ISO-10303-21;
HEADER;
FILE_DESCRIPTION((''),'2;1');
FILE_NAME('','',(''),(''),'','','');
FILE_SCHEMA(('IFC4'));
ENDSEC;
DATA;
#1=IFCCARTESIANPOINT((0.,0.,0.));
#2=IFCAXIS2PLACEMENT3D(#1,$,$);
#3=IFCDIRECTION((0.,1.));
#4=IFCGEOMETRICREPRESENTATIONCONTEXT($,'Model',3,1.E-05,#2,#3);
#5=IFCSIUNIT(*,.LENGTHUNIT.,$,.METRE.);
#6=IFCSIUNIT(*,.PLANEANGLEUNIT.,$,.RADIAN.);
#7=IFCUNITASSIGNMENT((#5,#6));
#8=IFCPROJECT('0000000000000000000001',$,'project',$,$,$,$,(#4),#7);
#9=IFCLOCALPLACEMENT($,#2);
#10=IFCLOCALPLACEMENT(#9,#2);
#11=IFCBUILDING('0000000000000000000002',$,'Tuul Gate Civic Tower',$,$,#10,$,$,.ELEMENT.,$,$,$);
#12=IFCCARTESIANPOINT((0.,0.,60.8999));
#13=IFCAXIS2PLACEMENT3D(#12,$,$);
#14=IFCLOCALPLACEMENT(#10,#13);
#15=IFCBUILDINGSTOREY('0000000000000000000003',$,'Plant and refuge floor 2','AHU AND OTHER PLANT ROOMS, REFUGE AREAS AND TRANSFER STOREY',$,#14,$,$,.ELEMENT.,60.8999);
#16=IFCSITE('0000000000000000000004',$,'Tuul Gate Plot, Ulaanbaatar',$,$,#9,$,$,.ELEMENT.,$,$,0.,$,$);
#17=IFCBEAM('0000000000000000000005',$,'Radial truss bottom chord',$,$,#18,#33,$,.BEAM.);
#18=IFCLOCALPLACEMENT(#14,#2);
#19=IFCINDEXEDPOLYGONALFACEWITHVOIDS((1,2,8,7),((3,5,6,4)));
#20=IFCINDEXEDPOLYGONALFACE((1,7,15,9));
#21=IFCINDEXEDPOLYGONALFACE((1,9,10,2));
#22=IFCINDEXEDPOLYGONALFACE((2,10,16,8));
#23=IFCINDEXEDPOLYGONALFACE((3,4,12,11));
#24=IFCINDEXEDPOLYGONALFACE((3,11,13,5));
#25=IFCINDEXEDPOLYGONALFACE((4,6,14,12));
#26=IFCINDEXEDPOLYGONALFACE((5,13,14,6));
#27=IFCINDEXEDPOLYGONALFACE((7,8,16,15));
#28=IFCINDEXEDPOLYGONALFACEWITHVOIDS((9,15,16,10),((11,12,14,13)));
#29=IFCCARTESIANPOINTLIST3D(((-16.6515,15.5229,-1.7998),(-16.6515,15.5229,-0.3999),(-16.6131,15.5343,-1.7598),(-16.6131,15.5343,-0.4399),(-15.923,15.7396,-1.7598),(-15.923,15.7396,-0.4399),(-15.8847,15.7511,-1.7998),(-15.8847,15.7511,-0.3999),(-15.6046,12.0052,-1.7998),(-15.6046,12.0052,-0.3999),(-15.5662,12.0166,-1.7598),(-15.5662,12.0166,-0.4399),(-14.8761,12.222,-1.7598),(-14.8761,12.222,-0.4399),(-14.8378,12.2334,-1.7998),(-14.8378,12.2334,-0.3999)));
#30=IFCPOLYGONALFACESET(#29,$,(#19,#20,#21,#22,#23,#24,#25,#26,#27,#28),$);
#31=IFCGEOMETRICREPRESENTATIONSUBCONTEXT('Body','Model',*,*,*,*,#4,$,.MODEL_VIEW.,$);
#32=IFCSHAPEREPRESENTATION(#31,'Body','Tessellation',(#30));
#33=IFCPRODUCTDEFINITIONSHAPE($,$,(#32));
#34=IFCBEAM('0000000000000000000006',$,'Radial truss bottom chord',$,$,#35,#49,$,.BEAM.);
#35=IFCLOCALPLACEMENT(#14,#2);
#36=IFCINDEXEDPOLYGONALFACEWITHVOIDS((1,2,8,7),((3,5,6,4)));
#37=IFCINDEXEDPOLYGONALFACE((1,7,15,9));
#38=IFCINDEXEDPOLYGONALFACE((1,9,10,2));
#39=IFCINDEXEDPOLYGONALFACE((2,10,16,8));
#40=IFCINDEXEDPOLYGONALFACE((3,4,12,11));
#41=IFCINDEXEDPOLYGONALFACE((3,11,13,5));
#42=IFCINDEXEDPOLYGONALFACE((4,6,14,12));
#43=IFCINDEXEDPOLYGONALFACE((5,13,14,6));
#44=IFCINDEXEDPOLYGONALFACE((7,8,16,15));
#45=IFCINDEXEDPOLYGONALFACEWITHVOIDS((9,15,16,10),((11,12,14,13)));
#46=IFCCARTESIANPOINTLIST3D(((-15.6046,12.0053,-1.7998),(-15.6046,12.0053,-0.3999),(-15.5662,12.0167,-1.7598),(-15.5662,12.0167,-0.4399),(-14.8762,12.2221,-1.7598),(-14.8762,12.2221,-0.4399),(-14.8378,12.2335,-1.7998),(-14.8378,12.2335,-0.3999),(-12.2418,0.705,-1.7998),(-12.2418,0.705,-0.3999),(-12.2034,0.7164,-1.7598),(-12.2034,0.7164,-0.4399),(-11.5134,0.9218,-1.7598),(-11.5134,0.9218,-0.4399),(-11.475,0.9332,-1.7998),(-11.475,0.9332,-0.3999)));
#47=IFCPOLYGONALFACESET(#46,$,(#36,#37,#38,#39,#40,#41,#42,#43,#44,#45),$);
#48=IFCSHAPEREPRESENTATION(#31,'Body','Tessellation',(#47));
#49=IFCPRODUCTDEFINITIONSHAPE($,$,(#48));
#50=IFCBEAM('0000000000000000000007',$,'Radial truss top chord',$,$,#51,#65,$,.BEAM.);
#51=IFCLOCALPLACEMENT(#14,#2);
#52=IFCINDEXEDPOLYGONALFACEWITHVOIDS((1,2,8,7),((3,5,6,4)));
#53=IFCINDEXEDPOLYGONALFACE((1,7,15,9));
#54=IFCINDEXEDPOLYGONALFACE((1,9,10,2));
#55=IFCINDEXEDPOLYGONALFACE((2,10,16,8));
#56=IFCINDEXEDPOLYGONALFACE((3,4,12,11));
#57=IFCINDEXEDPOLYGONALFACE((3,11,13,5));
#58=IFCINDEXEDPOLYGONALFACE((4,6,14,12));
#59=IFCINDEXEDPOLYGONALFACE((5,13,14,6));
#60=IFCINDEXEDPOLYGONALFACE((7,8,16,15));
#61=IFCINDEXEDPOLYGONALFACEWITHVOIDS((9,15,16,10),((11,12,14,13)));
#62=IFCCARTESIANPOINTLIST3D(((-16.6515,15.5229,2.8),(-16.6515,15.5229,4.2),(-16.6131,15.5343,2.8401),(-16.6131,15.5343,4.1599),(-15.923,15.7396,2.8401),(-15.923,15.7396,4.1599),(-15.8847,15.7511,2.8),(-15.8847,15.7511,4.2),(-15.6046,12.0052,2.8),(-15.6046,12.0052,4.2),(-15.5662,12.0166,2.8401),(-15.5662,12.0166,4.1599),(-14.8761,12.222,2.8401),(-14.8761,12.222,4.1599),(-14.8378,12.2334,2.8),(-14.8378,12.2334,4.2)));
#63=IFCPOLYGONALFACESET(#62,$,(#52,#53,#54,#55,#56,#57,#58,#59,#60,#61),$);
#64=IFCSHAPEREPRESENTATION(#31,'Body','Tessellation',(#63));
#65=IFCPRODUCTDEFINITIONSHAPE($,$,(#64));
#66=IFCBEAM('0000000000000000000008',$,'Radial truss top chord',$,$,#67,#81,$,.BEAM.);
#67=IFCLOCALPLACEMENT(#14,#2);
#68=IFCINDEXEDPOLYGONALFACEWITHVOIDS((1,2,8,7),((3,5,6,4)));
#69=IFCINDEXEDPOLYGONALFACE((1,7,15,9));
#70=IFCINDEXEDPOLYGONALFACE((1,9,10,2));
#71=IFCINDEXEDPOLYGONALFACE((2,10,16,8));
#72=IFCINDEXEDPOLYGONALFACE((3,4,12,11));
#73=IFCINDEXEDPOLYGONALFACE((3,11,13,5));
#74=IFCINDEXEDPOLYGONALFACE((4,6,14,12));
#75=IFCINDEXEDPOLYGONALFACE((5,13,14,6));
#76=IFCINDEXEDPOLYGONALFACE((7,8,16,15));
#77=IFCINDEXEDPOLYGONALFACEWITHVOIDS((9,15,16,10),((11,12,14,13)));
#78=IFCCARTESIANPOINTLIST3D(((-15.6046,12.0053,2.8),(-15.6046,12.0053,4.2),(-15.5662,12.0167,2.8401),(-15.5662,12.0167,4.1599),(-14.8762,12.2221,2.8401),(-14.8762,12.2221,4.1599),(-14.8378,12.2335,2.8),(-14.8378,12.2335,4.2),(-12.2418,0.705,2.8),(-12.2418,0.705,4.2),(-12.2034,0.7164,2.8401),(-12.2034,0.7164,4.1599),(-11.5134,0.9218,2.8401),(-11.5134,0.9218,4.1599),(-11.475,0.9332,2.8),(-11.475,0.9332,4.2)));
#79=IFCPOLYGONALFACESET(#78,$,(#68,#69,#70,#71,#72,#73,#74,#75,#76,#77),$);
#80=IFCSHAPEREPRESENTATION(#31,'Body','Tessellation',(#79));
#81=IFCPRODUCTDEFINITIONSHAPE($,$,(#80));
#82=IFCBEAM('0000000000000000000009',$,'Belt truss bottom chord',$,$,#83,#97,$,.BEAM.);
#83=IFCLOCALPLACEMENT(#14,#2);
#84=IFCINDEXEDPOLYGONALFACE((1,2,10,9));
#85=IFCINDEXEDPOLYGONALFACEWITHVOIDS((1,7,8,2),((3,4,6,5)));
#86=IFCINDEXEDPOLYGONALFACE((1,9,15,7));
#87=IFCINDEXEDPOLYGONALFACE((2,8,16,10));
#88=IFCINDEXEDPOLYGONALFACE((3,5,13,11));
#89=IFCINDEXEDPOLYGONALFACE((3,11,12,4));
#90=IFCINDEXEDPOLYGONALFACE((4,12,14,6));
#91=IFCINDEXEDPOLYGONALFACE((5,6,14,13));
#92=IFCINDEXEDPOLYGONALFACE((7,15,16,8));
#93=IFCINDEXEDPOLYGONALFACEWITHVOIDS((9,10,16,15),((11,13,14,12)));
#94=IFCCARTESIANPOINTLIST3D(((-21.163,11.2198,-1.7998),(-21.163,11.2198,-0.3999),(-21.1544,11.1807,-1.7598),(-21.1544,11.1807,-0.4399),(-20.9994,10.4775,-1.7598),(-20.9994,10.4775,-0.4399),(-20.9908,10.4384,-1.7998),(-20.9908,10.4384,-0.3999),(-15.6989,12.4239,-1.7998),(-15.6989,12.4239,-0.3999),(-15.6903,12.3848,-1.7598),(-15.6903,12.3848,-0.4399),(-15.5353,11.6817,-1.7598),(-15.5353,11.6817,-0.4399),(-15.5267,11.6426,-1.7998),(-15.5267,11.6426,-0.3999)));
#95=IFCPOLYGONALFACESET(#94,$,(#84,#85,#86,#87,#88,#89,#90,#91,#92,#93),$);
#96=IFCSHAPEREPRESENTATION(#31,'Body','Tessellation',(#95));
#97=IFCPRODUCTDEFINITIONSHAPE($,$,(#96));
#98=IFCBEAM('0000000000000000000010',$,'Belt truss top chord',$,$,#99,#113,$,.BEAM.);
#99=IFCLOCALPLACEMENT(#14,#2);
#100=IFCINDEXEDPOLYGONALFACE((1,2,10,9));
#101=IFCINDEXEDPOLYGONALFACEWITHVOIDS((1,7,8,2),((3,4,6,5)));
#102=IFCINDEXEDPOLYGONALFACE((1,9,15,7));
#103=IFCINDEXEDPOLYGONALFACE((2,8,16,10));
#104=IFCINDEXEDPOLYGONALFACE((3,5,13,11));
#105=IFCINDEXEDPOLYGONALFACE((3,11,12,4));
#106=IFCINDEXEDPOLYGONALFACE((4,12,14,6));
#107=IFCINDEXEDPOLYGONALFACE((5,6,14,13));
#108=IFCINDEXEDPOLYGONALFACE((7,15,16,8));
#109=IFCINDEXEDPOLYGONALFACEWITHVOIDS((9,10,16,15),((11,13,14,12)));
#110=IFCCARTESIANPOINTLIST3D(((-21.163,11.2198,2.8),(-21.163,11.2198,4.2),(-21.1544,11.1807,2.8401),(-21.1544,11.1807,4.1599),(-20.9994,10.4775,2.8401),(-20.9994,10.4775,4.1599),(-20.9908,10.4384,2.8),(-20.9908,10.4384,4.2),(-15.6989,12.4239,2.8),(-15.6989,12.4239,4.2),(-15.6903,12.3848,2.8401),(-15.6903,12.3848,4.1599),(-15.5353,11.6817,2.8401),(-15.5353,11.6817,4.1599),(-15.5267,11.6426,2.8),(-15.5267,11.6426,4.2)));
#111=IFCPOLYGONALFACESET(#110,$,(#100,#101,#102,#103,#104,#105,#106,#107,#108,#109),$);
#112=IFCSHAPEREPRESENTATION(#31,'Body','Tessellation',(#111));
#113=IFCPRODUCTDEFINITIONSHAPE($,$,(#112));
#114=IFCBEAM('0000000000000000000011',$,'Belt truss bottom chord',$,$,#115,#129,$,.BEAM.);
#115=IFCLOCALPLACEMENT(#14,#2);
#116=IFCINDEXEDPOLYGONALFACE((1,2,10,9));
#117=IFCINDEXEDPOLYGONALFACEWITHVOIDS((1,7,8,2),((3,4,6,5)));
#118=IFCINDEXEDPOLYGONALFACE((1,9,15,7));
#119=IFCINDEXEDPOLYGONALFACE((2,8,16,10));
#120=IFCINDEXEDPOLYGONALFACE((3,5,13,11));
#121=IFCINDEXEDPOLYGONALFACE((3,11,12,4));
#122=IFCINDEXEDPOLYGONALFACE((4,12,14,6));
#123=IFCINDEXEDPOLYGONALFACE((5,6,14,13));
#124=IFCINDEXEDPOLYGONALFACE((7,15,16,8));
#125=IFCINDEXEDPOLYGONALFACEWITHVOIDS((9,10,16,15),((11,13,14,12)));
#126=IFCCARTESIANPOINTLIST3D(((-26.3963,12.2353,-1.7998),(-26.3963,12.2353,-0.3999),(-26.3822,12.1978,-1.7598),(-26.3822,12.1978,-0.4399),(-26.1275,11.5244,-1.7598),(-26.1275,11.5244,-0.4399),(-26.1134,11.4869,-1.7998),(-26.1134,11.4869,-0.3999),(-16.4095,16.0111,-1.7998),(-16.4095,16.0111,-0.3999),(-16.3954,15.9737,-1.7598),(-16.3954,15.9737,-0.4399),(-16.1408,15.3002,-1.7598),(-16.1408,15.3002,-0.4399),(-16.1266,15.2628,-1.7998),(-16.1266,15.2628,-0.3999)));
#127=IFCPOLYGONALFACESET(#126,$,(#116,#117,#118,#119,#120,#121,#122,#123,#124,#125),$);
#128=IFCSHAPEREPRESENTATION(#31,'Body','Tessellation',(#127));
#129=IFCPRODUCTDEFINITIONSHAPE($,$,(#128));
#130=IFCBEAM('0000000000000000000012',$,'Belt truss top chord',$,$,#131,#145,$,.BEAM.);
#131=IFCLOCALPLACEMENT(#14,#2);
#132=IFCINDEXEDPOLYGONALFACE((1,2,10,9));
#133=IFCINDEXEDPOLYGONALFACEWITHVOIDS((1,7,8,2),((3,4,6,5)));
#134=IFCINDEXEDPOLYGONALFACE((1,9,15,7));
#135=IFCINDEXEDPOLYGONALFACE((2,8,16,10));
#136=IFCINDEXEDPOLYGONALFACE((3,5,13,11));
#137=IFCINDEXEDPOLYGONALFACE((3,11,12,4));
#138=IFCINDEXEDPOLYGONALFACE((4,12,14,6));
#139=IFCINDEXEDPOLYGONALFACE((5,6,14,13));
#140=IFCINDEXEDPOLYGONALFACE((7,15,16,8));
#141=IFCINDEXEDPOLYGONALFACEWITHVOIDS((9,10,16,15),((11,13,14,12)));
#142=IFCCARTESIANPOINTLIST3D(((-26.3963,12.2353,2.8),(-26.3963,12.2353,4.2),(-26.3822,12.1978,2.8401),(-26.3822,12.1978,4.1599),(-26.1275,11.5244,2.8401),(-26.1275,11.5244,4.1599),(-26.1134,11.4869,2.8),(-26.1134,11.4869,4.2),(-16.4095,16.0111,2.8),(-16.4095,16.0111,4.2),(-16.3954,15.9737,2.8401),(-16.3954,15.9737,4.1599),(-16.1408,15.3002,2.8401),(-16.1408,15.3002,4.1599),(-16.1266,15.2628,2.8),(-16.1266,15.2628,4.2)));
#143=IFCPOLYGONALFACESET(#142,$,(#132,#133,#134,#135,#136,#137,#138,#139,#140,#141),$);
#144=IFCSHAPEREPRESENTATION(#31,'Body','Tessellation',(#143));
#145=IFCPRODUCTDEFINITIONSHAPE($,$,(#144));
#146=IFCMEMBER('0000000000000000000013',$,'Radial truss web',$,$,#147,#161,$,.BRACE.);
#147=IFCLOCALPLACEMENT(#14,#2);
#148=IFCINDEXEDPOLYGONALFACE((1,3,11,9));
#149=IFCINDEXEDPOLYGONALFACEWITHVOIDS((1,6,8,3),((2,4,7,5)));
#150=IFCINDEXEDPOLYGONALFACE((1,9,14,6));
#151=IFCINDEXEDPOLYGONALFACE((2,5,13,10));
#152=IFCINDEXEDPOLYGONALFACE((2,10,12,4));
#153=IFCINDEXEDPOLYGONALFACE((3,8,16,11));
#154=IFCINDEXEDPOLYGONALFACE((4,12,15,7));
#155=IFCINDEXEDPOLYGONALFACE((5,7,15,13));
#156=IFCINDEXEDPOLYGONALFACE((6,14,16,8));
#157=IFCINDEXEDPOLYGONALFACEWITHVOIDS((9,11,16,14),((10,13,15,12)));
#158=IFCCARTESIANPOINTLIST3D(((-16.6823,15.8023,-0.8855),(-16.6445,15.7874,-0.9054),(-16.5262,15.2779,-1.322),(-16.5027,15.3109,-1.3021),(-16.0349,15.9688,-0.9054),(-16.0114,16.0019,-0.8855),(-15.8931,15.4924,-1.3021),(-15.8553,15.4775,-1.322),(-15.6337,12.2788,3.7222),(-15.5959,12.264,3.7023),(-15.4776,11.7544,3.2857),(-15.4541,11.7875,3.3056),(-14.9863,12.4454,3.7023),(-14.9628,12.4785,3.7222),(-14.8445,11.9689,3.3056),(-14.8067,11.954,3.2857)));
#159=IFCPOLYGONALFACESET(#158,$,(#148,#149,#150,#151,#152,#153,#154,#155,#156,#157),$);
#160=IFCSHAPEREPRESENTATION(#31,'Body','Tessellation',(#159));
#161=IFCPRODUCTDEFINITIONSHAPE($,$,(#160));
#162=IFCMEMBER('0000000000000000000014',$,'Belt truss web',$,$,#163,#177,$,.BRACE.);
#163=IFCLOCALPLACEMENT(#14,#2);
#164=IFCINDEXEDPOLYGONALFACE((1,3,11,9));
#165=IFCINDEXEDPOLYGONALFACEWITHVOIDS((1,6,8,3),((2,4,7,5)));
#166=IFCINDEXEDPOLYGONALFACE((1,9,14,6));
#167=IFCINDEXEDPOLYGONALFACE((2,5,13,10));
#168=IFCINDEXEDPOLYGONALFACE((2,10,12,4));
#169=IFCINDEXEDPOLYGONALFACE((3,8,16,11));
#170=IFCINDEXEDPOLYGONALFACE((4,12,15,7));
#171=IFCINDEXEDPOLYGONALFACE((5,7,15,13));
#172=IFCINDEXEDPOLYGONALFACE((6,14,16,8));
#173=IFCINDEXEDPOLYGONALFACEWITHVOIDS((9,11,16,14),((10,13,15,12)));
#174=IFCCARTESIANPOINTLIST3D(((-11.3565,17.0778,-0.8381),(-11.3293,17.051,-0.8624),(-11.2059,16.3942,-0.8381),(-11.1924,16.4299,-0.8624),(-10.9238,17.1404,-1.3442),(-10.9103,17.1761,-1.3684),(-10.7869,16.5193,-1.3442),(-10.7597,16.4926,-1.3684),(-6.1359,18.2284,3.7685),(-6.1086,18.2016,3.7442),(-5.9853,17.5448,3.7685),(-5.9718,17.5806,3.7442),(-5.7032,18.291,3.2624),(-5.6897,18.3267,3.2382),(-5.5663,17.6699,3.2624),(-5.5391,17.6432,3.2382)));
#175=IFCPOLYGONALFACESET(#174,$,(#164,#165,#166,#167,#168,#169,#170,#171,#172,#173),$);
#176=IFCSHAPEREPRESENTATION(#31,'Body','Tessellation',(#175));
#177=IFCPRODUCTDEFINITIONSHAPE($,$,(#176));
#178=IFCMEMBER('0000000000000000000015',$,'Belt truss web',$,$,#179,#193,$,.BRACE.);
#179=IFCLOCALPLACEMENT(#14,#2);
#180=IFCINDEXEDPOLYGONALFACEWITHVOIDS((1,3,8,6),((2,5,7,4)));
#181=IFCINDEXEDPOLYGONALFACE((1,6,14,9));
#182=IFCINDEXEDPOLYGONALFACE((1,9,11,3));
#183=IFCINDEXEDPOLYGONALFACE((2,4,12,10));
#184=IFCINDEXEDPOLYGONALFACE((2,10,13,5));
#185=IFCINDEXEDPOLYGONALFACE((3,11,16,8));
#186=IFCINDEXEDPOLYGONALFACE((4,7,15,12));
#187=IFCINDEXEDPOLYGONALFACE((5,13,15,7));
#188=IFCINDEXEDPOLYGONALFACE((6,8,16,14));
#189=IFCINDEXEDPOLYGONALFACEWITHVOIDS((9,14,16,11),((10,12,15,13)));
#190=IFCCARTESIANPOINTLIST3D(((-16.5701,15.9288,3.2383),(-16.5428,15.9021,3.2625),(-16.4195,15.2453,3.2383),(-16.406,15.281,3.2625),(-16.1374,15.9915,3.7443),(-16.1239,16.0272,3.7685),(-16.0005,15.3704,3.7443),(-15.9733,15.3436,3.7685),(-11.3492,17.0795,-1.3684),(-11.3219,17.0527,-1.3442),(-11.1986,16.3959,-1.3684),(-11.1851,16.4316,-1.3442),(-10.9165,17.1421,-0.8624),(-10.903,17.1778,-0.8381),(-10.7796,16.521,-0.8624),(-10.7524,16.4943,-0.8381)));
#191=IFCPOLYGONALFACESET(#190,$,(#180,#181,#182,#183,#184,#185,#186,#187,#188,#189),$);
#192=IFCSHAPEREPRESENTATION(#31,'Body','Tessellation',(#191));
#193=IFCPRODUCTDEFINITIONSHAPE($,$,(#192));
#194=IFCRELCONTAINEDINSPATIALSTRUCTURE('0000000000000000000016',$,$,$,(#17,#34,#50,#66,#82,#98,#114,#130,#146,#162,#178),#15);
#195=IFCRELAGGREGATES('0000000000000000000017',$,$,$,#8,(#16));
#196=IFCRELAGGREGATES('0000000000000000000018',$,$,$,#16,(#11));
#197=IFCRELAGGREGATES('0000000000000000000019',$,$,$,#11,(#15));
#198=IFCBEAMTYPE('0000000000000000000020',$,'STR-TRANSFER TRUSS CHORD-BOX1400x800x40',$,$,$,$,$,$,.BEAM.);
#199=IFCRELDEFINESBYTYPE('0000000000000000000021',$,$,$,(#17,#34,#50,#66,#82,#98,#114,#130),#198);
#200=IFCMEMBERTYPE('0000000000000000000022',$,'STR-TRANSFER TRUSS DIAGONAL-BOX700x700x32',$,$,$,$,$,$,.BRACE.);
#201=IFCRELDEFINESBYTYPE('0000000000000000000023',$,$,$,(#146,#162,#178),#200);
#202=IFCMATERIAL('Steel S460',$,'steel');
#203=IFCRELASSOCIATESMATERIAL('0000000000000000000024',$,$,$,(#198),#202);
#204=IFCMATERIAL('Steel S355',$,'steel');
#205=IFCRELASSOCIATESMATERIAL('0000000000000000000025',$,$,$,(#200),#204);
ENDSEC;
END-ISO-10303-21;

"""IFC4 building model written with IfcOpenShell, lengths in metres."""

from ifc_helpers import new_model, si_unit, direction, frame, origin, origin_2d, place, context, subcontext, project, spatial, hollow_rectangle, extrude, material, material_profile, profile_set, type_object, element, save


model = new_model("IFC4")

# Units and contexts
model_context = context("Model", 3, precision=1e-05, world=origin(), true_north=direction((0.0, 1.0)))
body_context = subcontext(model_context, "Body", "Model", "MODEL_VIEW")
ifc_project = project(units=[si_unit("LENGTHUNIT", "METRE"), si_unit("PLANEANGLEUNIT", "RADIAN")], contexts=[model_context])

# Site, building, storey
site_placement = place(None, origin())
site = spatial("IfcSite", under=ifc_project, at=site_placement, Name="Tuul Gate Plot, Ulaanbaatar", CompositionType="ELEMENT", RefElevation=0.0)
building_placement = place(site_placement, origin())
building = spatial("IfcBuilding", under=site, at=building_placement, Name="Tuul Gate Civic Tower", CompositionType="ELEMENT")
storey_placement = place(building_placement, frame((0.0, 0.0, 60.8999)))
storey = spatial("IfcBuildingStorey", under=building, at=storey_placement, Name="Plant and refuge floor 2", Description="AHU AND OTHER PLANT ROOMS, REFUGE AREAS AND TRANSFER STOREY", CompositionType="ELEMENT", Elevation=60.8999)

# Beams
ifc_material_1 = material(Name="Steel S460", Category="steel")
ifc_material_profile_1 = material_profile(ifc_material_1, hollow_rectangle(XDim=0.8, YDim=1.3999, WallThickness=0.04, at=origin_2d()), Name="BOX1400x800x40")
ifc_profile_set_1 = profile_set([ifc_material_profile_1], Name="Steel S460")
beam_type = type_object("IfcBeamType", Name="STR-TRANSFER TRUSS CHORD-BOX1400x800x40", PredefinedType="BEAM", material=ifc_profile_set_1)
beam_1_placement = place(storey_placement, frame((-16.2681, 15.637, -1.0999), z_axis=(0.285248, -0.958454, 0.0), x_axis=(0.958454, 0.285248, 0.0)))
element("IfcBeam", 1, at=beam_1_placement, inside=storey, type_object=beam_type, Name="Radial truss bottom chord", PredefinedType="BEAM", context=body_context, shape_type="SweptSolid", body=[
    extrude(hollow_rectangle(XDim=0.8, YDim=1.3999, WallThickness=0.04, at=origin_2d()), origin(), (0.0, 0.0, 1.0), 3.6702),
])
beam_2_placement = place(storey_placement, frame((-15.2212, 12.1194, -1.0999), z_axis=(0.285223, -0.958461, 0.0), x_axis=(0.958461, 0.285223, 0.0)))
element("IfcBeam", 2, at=beam_2_placement, inside=storey, type_object=beam_type, Name="Radial truss bottom chord", PredefinedType="BEAM", context=body_context, shape_type="SweptSolid", body=[
    extrude(hollow_rectangle(XDim=0.8, YDim=1.3999, WallThickness=0.04, at=origin_2d()), origin(), (0.0, 0.0, 1.0), 11.79),
])
beam_3_placement = place(storey_placement, frame((-16.2681, 15.637, 3.5), z_axis=(0.285248, -0.958454, 0.0), x_axis=(0.958454, 0.285248, 0.0)))
element("IfcBeam", 3, at=beam_3_placement, inside=storey, type_object=beam_type, Name="Radial truss top chord", PredefinedType="BEAM", context=body_context, shape_type="SweptSolid", body=[
    extrude(hollow_rectangle(XDim=0.8, YDim=1.3999, WallThickness=0.04, at=origin_2d()), origin(), (0.0, 0.0, 1.0), 3.6702),
])
beam_4_placement = place(storey_placement, frame((-15.2212, 12.1194, 3.5), z_axis=(0.285223, -0.958461, 0.0), x_axis=(0.958461, 0.285223, 0.0)))
element("IfcBeam", 4, at=beam_4_placement, inside=storey, type_object=beam_type, Name="Radial truss top chord", PredefinedType="BEAM", context=body_context, shape_type="SweptSolid", body=[
    extrude(hollow_rectangle(XDim=0.8, YDim=1.3999, WallThickness=0.04, at=origin_2d()), origin(), (0.0, 0.0, 1.0), 11.79),
])
for number, where, z_axis, x_axis, name in (
    (5, (-15.6128, 12.0332, -1.0999), (-0.97657, -0.215202, 0.0), (0.215202, -0.97657, 0.0), "Belt truss bottom chord"),
    (6, (-15.6128, 12.0332, 3.5), (-0.97657, -0.215202, 0.0), (0.215202, -0.97657, 0.0), "Belt truss top chord"),
):
    element("IfcBeam", number, at=place(storey_placement, frame(where, z_axis=z_axis, x_axis=x_axis)), inside=storey, type_object=beam_type, Name=name, PredefinedType="BEAM", context=body_context, shape_type="SweptSolid", body=[
        extrude(hollow_rectangle(XDim=0.8, YDim=1.3999, WallThickness=0.04, at=origin_2d()), origin(), (0.0, 0.0, 1.0), 5.5952),
    ])
for number, where, z_axis, x_axis, name in (
    (7, (-16.2681, 15.637, -1.0999), (-0.935377, -0.353653, 0.0), (0.353653, -0.935377, 0.0), "Belt truss bottom chord"),
    (8, (-16.2681, 15.637, 3.5), (-0.935377, -0.353653, 0.0), (0.353653, -0.935377, 0.0), "Belt truss top chord"),
):
    element("IfcBeam", number, at=place(storey_placement, frame(where, z_axis=z_axis, x_axis=x_axis)), inside=storey, type_object=beam_type, Name=name, PredefinedType="BEAM", context=body_context, shape_type="SweptSolid", body=[
        extrude(hollow_rectangle(XDim=0.8, YDim=1.3999, WallThickness=0.04, at=origin_2d()), origin(), (0.0, 0.0, 1.0), 10.6768),
    ])

# Members
ifc_material_2 = material(Name="Steel S355", Category="steel")
ifc_material_profile_2 = material_profile(ifc_material_2, hollow_rectangle(XDim=0.7, YDim=0.7, WallThickness=0.032, at=origin_2d()), Name="BOX700x700x32")
ifc_profile_set_2 = profile_set([ifc_material_profile_2], Name="Steel S355")
member_type_1 = type_object("IfcMemberType", Name="STR-TRANSFER TRUSS DIAGONAL-BOX700x700x32", PredefinedType="BRACE", material=ifc_profile_set_2)
member_1_placement = place(storey_placement, frame((-16.2688, 15.6399, -1.1038), z_axis=(0.177893, -0.597753, 0.781694), x_axis=(0.958456, 0.285239, 0.0)))
element("IfcMember", 9, at=member_1_placement, inside=storey, type_object=member_type_1, Name="Radial truss web", PredefinedType="BRACE", context=body_context, shape_type="SweptSolid", body=[
    extrude(hollow_rectangle(XDim=0.7, YDim=0.7, WallThickness=0.032, at=origin_2d()), origin(), (0.0, 0.0, 1.0), 5.8945),
])
member_2_placement = place(storey_placement, frame((-11.0581, 16.7852, -1.1033), z_axis=(0.73979, 0.163049, 0.652783), x_axis=(-0.215233, 0.976563, 0.0)))
element("IfcMember", 10, at=member_2_placement, inside=storey, type_object=member_type_1, Name="Belt truss web", PredefinedType="BRACE", context=body_context, shape_type="SweptSolid", body=[
    extrude(hollow_rectangle(XDim=0.7, YDim=0.7, WallThickness=0.032, at=origin_2d()), origin(), (0.0, 0.0, 1.0), 7.0569),
])
for number, where, z_axis, x_axis, name in (
    (11, (-11.0508, 16.7869, -1.1033), (-0.739806, -0.163044, 0.652766), (0.215223, -0.976565, 0.0), "Belt truss web"),
):
    element("IfcMember", number, at=place(storey_placement, frame(where, z_axis=z_axis, x_axis=x_axis)), inside=storey, type_object=member_type_1, Name=name, PredefinedType="BRACE", context=body_context, shape_type="SweptSolid", body=[
        extrude(hollow_rectangle(XDim=0.7, YDim=0.7, WallThickness=0.032, at=origin_2d()), origin(), (0.0, 0.0, 1.0), 7.0571),
    ])

save(model, "model.ifc")
